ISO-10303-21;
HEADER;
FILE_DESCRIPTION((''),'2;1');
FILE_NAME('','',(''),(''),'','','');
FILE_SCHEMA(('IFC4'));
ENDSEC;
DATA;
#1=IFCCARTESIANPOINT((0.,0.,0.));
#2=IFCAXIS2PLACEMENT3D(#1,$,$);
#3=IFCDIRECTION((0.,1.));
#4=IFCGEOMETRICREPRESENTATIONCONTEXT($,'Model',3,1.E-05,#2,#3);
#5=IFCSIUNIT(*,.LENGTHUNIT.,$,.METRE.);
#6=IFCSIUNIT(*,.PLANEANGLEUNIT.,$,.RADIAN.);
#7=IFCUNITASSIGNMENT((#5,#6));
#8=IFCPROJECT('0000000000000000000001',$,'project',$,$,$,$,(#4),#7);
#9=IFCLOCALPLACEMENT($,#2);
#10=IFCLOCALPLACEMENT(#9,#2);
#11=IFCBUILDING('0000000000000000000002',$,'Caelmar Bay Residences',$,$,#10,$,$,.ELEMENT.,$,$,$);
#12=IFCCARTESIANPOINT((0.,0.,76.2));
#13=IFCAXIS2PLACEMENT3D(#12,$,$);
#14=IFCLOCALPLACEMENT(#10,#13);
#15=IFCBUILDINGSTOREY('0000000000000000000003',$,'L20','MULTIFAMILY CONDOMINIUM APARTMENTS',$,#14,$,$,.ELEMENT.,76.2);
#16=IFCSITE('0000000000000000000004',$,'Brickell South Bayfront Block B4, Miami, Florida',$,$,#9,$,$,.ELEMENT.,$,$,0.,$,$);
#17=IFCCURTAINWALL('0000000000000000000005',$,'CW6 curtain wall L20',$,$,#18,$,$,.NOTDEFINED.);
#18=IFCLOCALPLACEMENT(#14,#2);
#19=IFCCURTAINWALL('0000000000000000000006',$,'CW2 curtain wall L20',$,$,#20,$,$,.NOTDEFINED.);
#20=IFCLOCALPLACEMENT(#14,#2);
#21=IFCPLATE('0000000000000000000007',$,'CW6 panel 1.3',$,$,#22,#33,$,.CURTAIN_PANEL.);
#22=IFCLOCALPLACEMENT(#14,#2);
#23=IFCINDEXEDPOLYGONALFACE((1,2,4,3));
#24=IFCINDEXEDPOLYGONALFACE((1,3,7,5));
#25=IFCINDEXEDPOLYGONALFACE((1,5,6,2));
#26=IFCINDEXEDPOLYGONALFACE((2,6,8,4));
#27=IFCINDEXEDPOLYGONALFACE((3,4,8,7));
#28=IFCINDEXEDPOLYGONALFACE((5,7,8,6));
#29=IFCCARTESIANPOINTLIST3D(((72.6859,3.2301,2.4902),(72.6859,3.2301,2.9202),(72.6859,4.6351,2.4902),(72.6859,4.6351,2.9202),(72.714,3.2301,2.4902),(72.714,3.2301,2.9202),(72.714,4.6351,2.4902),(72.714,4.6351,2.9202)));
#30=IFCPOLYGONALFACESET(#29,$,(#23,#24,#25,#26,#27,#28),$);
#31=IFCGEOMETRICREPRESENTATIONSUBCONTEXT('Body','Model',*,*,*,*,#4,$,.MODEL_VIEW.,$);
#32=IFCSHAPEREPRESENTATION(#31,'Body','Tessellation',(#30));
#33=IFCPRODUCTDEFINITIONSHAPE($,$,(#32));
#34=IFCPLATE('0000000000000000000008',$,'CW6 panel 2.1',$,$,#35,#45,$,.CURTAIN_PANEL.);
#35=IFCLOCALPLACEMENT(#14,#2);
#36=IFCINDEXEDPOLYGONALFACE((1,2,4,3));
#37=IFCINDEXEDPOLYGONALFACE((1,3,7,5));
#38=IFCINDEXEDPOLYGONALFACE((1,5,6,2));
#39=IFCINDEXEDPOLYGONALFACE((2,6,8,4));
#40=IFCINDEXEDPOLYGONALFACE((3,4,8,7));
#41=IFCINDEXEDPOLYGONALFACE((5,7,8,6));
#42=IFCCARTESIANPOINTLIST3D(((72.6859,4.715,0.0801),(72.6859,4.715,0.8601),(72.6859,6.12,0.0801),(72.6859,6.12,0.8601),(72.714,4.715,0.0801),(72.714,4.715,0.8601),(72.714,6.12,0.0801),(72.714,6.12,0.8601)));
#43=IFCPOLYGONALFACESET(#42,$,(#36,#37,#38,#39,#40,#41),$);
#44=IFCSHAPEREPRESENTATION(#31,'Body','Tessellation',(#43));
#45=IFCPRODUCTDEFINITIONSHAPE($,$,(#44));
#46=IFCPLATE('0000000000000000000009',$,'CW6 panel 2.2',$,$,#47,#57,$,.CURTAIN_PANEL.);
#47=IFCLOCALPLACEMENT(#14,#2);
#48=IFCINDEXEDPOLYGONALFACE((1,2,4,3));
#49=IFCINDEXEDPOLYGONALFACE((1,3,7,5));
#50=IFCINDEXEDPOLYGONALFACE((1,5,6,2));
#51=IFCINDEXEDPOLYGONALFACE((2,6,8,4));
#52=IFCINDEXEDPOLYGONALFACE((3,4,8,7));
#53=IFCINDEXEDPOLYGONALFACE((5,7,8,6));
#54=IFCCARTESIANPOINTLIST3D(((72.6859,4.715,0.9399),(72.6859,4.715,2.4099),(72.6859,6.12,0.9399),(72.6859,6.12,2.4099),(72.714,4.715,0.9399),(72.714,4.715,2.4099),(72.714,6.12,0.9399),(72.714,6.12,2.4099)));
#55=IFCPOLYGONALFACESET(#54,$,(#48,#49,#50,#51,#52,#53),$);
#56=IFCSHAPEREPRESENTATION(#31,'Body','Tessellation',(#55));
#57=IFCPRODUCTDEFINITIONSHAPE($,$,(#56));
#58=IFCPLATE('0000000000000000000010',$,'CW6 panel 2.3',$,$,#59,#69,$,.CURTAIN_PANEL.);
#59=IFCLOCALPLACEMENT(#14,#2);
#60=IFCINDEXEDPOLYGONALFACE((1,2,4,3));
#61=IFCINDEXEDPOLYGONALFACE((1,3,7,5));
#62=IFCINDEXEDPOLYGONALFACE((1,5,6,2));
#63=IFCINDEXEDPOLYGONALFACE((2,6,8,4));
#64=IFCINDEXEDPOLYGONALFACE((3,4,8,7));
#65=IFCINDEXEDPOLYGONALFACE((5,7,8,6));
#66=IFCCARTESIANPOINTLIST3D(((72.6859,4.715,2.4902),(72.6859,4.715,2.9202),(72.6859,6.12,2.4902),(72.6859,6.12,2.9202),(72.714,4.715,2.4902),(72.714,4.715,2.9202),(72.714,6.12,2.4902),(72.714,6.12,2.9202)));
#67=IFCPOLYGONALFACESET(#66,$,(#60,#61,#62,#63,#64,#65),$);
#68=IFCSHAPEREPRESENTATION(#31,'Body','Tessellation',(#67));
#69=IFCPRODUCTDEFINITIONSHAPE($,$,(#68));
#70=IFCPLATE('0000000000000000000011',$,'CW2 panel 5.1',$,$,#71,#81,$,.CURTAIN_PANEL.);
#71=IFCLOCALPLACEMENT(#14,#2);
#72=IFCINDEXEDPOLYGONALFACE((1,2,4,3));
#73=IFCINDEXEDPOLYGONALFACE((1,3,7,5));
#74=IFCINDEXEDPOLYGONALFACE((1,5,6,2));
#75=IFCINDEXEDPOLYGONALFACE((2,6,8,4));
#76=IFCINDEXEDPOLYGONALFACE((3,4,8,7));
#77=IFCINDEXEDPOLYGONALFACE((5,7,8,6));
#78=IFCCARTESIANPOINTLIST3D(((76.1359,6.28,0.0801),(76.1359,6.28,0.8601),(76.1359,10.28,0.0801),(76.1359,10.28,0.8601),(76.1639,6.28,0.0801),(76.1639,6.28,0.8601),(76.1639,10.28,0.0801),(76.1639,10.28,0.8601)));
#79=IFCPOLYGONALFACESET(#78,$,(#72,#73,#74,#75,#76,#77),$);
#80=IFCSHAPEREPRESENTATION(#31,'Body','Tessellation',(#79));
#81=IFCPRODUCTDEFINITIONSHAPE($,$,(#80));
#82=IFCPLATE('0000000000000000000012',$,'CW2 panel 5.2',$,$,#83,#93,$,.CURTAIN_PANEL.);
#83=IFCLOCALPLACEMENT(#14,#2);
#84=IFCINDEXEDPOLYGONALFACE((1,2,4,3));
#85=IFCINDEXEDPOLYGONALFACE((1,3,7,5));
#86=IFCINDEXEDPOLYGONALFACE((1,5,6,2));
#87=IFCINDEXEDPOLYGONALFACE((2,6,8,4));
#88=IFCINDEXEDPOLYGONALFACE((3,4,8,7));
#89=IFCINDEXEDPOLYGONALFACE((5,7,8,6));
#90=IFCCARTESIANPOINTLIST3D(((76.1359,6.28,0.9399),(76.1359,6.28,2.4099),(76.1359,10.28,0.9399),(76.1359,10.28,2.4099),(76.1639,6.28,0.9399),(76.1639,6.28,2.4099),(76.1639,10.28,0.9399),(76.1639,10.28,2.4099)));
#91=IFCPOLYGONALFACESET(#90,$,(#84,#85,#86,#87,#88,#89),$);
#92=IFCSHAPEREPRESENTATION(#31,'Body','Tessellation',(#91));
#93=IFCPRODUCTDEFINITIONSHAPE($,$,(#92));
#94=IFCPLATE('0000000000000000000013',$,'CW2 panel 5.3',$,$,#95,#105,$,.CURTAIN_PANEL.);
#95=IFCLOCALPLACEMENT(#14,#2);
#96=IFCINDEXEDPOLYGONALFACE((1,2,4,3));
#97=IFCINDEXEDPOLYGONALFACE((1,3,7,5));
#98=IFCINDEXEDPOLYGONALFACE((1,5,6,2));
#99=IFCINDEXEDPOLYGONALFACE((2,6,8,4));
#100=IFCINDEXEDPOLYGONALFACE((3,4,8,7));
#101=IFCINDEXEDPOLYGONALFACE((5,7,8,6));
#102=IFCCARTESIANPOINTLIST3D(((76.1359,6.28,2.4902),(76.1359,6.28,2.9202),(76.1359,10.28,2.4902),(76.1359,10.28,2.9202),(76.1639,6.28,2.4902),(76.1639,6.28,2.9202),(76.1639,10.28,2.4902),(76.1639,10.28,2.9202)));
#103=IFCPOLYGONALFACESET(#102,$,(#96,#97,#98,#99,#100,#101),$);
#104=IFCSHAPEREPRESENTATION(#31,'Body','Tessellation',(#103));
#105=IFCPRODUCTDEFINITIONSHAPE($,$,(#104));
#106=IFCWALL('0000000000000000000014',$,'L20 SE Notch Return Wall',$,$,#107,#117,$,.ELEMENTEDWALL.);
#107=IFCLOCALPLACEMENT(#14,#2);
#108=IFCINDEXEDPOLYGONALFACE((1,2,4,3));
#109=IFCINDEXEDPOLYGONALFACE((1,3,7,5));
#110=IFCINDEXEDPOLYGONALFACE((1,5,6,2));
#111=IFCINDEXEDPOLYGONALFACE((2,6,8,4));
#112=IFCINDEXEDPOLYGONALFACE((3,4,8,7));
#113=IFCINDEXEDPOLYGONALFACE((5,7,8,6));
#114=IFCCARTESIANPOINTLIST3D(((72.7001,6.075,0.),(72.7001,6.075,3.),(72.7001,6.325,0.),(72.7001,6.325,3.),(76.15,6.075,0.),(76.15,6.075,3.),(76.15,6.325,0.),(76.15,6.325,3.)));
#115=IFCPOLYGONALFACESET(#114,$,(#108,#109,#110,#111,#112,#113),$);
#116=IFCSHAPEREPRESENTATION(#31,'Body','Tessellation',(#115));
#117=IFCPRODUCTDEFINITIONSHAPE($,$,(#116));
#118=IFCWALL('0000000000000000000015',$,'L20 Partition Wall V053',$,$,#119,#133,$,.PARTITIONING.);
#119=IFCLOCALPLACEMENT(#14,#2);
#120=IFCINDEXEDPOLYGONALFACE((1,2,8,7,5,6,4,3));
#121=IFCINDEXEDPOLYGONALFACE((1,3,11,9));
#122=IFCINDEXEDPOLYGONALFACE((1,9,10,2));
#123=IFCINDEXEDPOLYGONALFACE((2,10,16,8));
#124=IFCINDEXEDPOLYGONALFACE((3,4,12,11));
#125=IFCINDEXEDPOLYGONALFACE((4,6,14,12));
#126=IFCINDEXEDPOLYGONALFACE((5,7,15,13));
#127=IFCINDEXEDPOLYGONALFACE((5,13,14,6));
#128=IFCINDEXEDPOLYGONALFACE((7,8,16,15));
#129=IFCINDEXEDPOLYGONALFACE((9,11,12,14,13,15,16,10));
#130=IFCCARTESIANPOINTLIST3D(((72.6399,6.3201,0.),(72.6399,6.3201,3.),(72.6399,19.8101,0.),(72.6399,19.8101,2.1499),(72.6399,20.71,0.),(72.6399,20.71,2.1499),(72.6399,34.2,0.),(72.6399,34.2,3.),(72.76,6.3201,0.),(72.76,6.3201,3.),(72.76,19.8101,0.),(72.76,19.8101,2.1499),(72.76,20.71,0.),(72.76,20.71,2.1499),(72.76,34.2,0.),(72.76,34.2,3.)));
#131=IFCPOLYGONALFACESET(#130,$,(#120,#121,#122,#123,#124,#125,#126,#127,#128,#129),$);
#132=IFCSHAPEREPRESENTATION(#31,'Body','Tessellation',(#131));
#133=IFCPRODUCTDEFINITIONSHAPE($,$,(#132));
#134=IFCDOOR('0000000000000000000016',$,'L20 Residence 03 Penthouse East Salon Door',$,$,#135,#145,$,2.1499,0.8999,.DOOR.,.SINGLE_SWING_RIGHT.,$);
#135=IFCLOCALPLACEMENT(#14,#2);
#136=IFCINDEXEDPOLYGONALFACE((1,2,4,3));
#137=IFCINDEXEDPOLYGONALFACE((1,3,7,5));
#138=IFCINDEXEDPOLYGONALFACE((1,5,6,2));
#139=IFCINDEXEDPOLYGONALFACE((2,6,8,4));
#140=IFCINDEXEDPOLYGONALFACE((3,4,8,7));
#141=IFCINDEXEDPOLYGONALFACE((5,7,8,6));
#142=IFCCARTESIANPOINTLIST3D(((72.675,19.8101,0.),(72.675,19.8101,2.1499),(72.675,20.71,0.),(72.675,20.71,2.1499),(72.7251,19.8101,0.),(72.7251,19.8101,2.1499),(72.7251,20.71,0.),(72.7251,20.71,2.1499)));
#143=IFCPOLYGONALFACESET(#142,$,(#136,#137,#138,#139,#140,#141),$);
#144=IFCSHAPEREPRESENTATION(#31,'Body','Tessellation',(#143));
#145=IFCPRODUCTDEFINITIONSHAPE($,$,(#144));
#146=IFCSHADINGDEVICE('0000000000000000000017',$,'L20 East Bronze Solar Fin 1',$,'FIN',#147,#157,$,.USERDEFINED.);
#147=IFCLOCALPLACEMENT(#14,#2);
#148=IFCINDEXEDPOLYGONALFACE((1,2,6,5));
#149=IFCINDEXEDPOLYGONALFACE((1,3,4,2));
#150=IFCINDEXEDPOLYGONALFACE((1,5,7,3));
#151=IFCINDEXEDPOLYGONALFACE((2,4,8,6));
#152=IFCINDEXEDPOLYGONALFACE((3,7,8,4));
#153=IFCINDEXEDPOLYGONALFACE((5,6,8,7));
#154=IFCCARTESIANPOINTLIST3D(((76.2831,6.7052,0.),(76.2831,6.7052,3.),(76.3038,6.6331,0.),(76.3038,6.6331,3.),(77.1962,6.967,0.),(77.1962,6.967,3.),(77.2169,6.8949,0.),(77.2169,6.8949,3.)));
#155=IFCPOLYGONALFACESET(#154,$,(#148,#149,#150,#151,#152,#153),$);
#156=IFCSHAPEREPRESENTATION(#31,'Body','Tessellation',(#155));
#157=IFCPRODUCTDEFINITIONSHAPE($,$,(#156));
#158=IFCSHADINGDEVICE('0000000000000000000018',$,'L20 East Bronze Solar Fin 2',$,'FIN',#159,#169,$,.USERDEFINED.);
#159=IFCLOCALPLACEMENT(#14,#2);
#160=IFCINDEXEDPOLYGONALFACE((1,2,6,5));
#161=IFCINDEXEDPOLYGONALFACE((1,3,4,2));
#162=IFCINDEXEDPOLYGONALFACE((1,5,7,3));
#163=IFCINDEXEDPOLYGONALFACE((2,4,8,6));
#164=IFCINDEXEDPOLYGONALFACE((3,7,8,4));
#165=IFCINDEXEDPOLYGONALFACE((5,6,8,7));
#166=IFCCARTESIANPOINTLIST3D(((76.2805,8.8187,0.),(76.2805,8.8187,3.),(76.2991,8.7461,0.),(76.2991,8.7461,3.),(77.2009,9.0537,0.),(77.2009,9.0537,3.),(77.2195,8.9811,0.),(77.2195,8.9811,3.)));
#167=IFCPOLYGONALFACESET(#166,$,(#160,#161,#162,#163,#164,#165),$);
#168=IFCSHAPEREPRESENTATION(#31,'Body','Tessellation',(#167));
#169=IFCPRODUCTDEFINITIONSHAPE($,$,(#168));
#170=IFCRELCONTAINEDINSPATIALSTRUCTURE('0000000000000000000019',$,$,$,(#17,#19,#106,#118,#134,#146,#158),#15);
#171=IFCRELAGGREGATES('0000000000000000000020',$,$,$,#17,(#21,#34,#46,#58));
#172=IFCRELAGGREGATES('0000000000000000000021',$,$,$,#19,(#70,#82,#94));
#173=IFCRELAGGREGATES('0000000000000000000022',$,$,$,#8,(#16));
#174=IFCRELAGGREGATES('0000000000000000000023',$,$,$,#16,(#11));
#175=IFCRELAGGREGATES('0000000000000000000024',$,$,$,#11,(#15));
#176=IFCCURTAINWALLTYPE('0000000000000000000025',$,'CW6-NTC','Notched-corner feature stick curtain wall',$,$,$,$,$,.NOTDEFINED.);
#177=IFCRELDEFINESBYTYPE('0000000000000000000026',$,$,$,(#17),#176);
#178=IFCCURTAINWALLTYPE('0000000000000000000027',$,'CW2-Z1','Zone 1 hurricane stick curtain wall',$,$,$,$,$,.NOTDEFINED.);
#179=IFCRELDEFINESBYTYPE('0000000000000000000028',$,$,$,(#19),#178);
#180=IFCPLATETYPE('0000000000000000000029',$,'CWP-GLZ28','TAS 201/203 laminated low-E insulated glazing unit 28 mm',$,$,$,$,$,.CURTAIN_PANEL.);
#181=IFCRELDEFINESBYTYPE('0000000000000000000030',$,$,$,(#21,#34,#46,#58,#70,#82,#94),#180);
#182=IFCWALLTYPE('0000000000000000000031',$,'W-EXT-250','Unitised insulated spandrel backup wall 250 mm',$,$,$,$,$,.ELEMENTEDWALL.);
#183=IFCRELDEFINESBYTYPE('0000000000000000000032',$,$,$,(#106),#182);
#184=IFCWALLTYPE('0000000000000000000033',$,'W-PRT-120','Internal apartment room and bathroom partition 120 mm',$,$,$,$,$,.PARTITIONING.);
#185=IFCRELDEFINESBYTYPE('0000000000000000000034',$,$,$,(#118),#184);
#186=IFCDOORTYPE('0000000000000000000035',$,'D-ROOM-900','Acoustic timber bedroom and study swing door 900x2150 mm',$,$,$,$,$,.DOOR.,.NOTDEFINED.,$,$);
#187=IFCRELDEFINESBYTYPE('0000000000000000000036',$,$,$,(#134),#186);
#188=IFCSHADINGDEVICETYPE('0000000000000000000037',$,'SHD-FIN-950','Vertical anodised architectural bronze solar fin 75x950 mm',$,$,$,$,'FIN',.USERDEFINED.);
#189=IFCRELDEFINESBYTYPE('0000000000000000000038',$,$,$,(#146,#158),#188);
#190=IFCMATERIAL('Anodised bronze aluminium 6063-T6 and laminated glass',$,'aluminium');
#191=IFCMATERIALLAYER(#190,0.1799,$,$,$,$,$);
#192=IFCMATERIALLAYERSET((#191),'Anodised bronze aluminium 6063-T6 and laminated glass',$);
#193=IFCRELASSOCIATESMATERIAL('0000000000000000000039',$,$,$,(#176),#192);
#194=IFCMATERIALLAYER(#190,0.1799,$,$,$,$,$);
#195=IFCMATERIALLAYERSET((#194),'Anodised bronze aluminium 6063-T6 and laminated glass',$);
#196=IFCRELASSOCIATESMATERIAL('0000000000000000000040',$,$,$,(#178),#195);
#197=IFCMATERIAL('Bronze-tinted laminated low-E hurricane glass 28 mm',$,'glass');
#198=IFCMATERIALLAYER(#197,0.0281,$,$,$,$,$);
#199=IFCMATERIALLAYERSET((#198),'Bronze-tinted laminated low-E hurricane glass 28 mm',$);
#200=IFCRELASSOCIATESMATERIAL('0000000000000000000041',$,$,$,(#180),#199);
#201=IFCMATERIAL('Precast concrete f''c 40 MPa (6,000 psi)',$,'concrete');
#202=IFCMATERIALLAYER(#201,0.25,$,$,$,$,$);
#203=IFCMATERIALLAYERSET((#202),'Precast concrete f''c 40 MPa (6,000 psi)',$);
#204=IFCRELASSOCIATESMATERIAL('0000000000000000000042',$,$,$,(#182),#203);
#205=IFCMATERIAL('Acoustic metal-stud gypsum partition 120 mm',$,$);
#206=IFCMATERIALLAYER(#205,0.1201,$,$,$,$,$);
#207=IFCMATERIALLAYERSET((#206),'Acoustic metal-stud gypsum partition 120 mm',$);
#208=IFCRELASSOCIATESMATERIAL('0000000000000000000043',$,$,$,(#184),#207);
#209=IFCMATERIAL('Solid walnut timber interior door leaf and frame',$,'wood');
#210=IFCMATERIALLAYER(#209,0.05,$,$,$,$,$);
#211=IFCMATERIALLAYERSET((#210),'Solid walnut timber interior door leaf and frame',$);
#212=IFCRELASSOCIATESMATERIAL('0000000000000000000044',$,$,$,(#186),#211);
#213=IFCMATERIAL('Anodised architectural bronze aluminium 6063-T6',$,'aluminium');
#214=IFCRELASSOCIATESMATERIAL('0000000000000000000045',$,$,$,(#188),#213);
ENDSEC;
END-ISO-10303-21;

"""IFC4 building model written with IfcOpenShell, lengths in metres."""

from ifc_helpers import new_model, si_unit, direction, frame, frame_2d, origin, origin_2d, place, context, subcontext, project, spatial, rectangle, extrude, material, layer, layer_set, material_profile, profile_set, type_object, element, fill, aggregate, save


model = new_model("IFC4")

# Units and contexts
model_context = context("Model", 3, precision=1e-05, world=origin(), true_north=direction((0.0, 1.0)))
body_context = subcontext(model_context, "Body", "Model", "MODEL_VIEW")
ifc_project = project(units=[si_unit("LENGTHUNIT", "METRE"), si_unit("PLANEANGLEUNIT", "RADIAN")], contexts=[model_context])

# Site, building, storey
site_placement = place(None, origin())
site = spatial("IfcSite", under=ifc_project, at=site_placement, Name="Brickell South Bayfront Block B4, Miami, Florida", CompositionType="ELEMENT", RefElevation=0.0)
building_placement = place(site_placement, origin())
building = spatial("IfcBuilding", under=site, at=building_placement, Name="Caelmar Bay Residences", CompositionType="ELEMENT")
storey_placement = place(building_placement, frame((0.0, 0.0, 76.2)))
storey = spatial("IfcBuildingStorey", under=building, at=storey_placement, Name="L20", Description="MULTIFAMILY CONDOMINIUM APARTMENTS", CompositionType="ELEMENT", Elevation=76.2)

# Curtain wall
ifc_material_1 = material(Name="Anodised bronze aluminium 6063-T6 and laminated glass", Category="aluminium")
ifc_layer_1 = layer(ifc_material_1, 0.1799)
ifc_layer_set_1 = layer_set([ifc_layer_1], Name="Anodised bronze aluminium 6063-T6 and laminated glass")
curtain_wall_type_1 = type_object("IfcCurtainWallType", Name="CW6-NTC", Description="Notched-corner feature stick curtain wall", PredefinedType="NOTDEFINED", material=ifc_layer_set_1)
curtain_wall_1_placement = place(storey_placement, origin())
curtain_wall_1 = element("IfcCurtainWall", 1, at=curtain_wall_1_placement, inside=storey, type_object=curtain_wall_type_1, Name="CW6 curtain wall L20", PredefinedType="NOTDEFINED")

# Curtain wall
ifc_layer_2 = layer(ifc_material_1, 0.1799)
ifc_layer_set_2 = layer_set([ifc_layer_2], Name="Anodised bronze aluminium 6063-T6 and laminated glass")
curtain_wall_type_2 = type_object("IfcCurtainWallType", Name="CW2-Z1", Description="Zone 1 hurricane stick curtain wall", PredefinedType="NOTDEFINED", material=ifc_layer_set_2)
curtain_wall_2_placement = place(storey_placement, origin())
curtain_wall_2 = element("IfcCurtainWall", 2, at=curtain_wall_2_placement, inside=storey, type_object=curtain_wall_type_2, Name="CW2 curtain wall L20", PredefinedType="NOTDEFINED")

# Plates
ifc_material_2 = material(Name="Bronze-tinted laminated low-E hurricane glass 28 mm", Category="glass")
ifc_layer_3 = layer(ifc_material_2, 0.0281)
ifc_layer_set_3 = layer_set([ifc_layer_3], Name="Bronze-tinted laminated low-E hurricane glass 28 mm")
plate_type = type_object("IfcPlateType", Name="CWP-GLZ28", Description="TAS 201/203 laminated low-E insulated glazing unit 28 mm", PredefinedType="CURTAIN_PANEL", material=ifc_layer_set_3)
plate_1_placement = place(storey_placement, frame((72.7, 3.9326, 2.4902), z_axis=(0.0, 0.0, 1.0), x_axis=(0.0, 1.0, 0.0)))
plate_1 = element("IfcPlate", 3, at=plate_1_placement, type_object=plate_type, Name="CW6 panel 1.3", PredefinedType="CURTAIN_PANEL", context=body_context, shape_type="SweptSolid", body=[
    extrude(rectangle(XDim=1.405, YDim=0.0281, at=origin_2d()), origin(), (0.0, 0.0, 1.0), 0.4299),
])
plate_2_placement = place(storey_placement, frame((72.7, 5.4175, 0.0801), z_axis=(0.0, 0.0, 1.0), x_axis=(0.0, 1.0, 0.0)))
plate_2 = element("IfcPlate", 4, at=plate_2_placement, type_object=plate_type, Name="CW6 panel 2.1", PredefinedType="CURTAIN_PANEL", context=body_context, shape_type="SweptSolid", body=[
    extrude(rectangle(XDim=1.405, YDim=0.0281, at=origin_2d()), origin(), (0.0, 0.0, 1.0), 0.78),
])
plate_3_placement = place(storey_placement, frame((72.7, 5.4175, 0.9399), z_axis=(0.0, 0.0, 1.0), x_axis=(0.0, 1.0, 0.0)))
plate_3 = element("IfcPlate", 5, at=plate_3_placement, type_object=plate_type, Name="CW6 panel 2.2", PredefinedType="CURTAIN_PANEL", context=body_context, shape_type="SweptSolid", body=[
    extrude(rectangle(XDim=1.405, YDim=0.0281, at=origin_2d()), origin(), (0.0, 0.0, 1.0), 1.47),
])
plate_4_placement = place(storey_placement, frame((72.7, 5.4175, 2.4902), z_axis=(0.0, 0.0, 1.0), x_axis=(0.0, 1.0, 0.0)))
plate_4 = element("IfcPlate", 6, at=plate_4_placement, type_object=plate_type, Name="CW6 panel 2.3", PredefinedType="CURTAIN_PANEL", context=body_context, shape_type="SweptSolid", body=[
    extrude(rectangle(XDim=1.405, YDim=0.0281, at=origin_2d()), origin(), (0.0, 0.0, 1.0), 0.4299),
])
aggregate(curtain_wall_1, [plate_1, plate_2, plate_3, plate_4])
plate_5_placement = place(storey_placement, frame((76.1499, 8.28, 0.0801), z_axis=(0.0, 0.0, 1.0), x_axis=(0.0, -1.0, 0.0)))
plate_5 = element("IfcPlate", 7, at=plate_5_placement, type_object=plate_type, Name="CW2 panel 5.1", PredefinedType="CURTAIN_PANEL", context=body_context, shape_type="SweptSolid", body=[
    extrude(rectangle(XDim=4.0, YDim=0.0281, at=origin_2d()), origin(), (0.0, 0.0, 1.0), 0.78),
])
plate_6_placement = place(storey_placement, frame((76.1499, 8.28, 0.9399), z_axis=(0.0, 0.0, 1.0), x_axis=(0.0, -1.0, 0.0)))
plate_6 = element("IfcPlate", 8, at=plate_6_placement, type_object=plate_type, Name="CW2 panel 5.2", PredefinedType="CURTAIN_PANEL", context=body_context, shape_type="SweptSolid", body=[
    extrude(rectangle(XDim=4.0, YDim=0.0281, at=origin_2d()), origin(), (0.0, 0.0, 1.0), 1.47),
])
plate_7_placement = place(storey_placement, frame((76.1499, 8.28, 2.4902), z_axis=(0.0, 0.0, 1.0), x_axis=(0.0, -1.0, 0.0)))
plate_7 = element("IfcPlate", 9, at=plate_7_placement, type_object=plate_type, Name="CW2 panel 5.3", PredefinedType="CURTAIN_PANEL", context=body_context, shape_type="SweptSolid", body=[
    extrude(rectangle(XDim=4.0, YDim=0.0281, at=origin_2d()), origin(), (0.0, 0.0, 1.0), 0.4299),
])
aggregate(curtain_wall_2, [plate_5, plate_6, plate_7])

# Wall
ifc_material_3 = material(Name="Precast concrete f'c 40 MPa (6,000 psi)", Category="concrete")
ifc_layer_4 = layer(ifc_material_3, 0.25)
ifc_layer_set_4 = layer_set([ifc_layer_4], Name="Precast concrete f'c 40 MPa (6,000 psi)")
wall_type_1 = type_object("IfcWallType", Name="W-EXT-250", Description="Unitised insulated spandrel backup wall 250 mm", PredefinedType="ELEMENTEDWALL", material=ifc_layer_set_4)
wall_1_placement = place(storey_placement, frame((72.7, 6.2, 0.0), z_axis=(0.0, 0.0, 1.0), x_axis=(1.0, 0.0, 0.0)))
element("IfcWall", 10, at=wall_1_placement, inside=storey, type_object=wall_type_1, Name="L20 SE Notch Return Wall", PredefinedType="ELEMENTEDWALL", context=body_context, shape_type="SweptSolid", body=[
    extrude(rectangle(XDim=3.45, YDim=0.25, at=frame_2d((1.7251, 0.0))), origin(), (0.0, 0.0, 1.0), 3.0),
])

# Wall, opening, door
ifc_material_4 = material(Name="Acoustic metal-stud gypsum partition 120 mm")
ifc_layer_5 = layer(ifc_material_4, 0.1201)
ifc_layer_set_5 = layer_set([ifc_layer_5], Name="Acoustic metal-stud gypsum partition 120 mm")
wall_type_2 = type_object("IfcWallType", Name="W-PRT-120", Description="Internal apartment room and bathroom partition 120 mm", PredefinedType="PARTITIONING", material=ifc_layer_set_5)
wall_2_placement = place(storey_placement, frame((72.7, 6.3201, 0.0), z_axis=(0.0, 0.0, 1.0), x_axis=(0.0, 1.0, 0.0)))
wall_2 = element("IfcWall", 11, at=wall_2_placement, inside=storey, type_object=wall_type_2, Name="L20 Partition Wall V053", PredefinedType="PARTITIONING", context=body_context, shape_type="SweptSolid", body=[
    extrude(rectangle(XDim=27.8799, YDim=0.1201, at=frame_2d((13.9399, 0.0))), origin(), (0.0, 0.0, 1.0), 3.0),
])
opening_placement = place(wall_2_placement, frame((13.49, 0.0, 0.0)))
opening = element("IfcOpeningElement", 12, at=opening_placement, cuts=wall_2, PredefinedType="OPENING", context=body_context, shape_type="SweptSolid", body=[
    extrude(rectangle(XDim=0.8999, YDim=2.1499, at=frame_2d((0.45, 1.075))), frame((0.0, 0.0701, 0.0), z_axis=(0.0, -1.0, 0.0), x_axis=(1.0, 0.0, 0.0)), (0.0, 0.0, 1.0), 0.1401),
])
ifc_material_5 = material(Name="Solid walnut timber interior door leaf and frame", Category="wood")
ifc_layer_6 = layer(ifc_material_5, 0.05)
ifc_layer_set_6 = layer_set([ifc_layer_6], Name="Solid walnut timber interior door leaf and frame")
door_type = type_object("IfcDoorType", Name="D-ROOM-900", Description="Acoustic timber bedroom and study swing door 900x2150 mm", OperationType="NOTDEFINED", PredefinedType="DOOR", material=ifc_layer_set_6)
door_placement = place(opening_placement, origin())
door = element("IfcDoor", 13, at=door_placement, inside=storey, type_object=door_type, Name="L20 Residence 03 Penthouse East Salon Door", OperationType="SINGLE_SWING_RIGHT", OverallHeight=2.1499, OverallWidth=0.8999, PredefinedType="DOOR", context=body_context, shape_type="SweptSolid", body=[
    extrude(rectangle(XDim=0.8999, YDim=2.1499, at=frame_2d((0.45, 1.075))), frame((0.0, 0.0249, 0.0), z_axis=(0.0, -1.0, 0.0), x_axis=(1.0, 0.0, 0.0)), (0.0, 0.0, 1.0), 0.05),
])
fill(opening, door)

# Shading devices
ifc_material_6 = material(Name="Anodised architectural bronze aluminium 6063-T6", Category="aluminium")
ifc_material_profile_1 = material_profile(ifc_material_6, rectangle(XDim=0.075, YDim=0.95, at=origin_2d()), Name="BRONZE-FIN-75X950")
ifc_profile_set_1 = profile_set([ifc_material_profile_1], Name="Anodised architectural bronze aluminium 6063-T6")
shading_device_type = type_object("IfcShadingDeviceType", Name="SHD-FIN-950", Description="Vertical anodised architectural bronze solar fin 75x950 mm", ElementType="FIN", PredefinedType="USERDEFINED", material=ifc_profile_set_1)
for number, where, z_axis, x_axis, name in (
    (14, (76.75, 6.8, 0.0), (0.0, 0.0, 1.0), (-0.275637, 0.961262, 0.0), "L20 East Bronze Solar Fin 1"),
    (15, (76.75, 8.8999, 0.0), (0.0, 0.0, 1.0), (-0.247337, 0.968929, 0.0), "L20 East Bronze Solar Fin 2"),
):
    element("IfcShadingDevice", number, at=place(storey_placement, frame(where, z_axis=z_axis, x_axis=x_axis)), inside=storey, type_object=shading_device_type, Name=name, ObjectType="FIN", PredefinedType="USERDEFINED", context=body_context, shape_type="SweptSolid", body=[
        extrude(rectangle(XDim=0.075, YDim=0.95, at=origin_2d()), origin(), (0.0, 0.0, 1.0), 3.0),
    ])

save(model, "model.ifc")
